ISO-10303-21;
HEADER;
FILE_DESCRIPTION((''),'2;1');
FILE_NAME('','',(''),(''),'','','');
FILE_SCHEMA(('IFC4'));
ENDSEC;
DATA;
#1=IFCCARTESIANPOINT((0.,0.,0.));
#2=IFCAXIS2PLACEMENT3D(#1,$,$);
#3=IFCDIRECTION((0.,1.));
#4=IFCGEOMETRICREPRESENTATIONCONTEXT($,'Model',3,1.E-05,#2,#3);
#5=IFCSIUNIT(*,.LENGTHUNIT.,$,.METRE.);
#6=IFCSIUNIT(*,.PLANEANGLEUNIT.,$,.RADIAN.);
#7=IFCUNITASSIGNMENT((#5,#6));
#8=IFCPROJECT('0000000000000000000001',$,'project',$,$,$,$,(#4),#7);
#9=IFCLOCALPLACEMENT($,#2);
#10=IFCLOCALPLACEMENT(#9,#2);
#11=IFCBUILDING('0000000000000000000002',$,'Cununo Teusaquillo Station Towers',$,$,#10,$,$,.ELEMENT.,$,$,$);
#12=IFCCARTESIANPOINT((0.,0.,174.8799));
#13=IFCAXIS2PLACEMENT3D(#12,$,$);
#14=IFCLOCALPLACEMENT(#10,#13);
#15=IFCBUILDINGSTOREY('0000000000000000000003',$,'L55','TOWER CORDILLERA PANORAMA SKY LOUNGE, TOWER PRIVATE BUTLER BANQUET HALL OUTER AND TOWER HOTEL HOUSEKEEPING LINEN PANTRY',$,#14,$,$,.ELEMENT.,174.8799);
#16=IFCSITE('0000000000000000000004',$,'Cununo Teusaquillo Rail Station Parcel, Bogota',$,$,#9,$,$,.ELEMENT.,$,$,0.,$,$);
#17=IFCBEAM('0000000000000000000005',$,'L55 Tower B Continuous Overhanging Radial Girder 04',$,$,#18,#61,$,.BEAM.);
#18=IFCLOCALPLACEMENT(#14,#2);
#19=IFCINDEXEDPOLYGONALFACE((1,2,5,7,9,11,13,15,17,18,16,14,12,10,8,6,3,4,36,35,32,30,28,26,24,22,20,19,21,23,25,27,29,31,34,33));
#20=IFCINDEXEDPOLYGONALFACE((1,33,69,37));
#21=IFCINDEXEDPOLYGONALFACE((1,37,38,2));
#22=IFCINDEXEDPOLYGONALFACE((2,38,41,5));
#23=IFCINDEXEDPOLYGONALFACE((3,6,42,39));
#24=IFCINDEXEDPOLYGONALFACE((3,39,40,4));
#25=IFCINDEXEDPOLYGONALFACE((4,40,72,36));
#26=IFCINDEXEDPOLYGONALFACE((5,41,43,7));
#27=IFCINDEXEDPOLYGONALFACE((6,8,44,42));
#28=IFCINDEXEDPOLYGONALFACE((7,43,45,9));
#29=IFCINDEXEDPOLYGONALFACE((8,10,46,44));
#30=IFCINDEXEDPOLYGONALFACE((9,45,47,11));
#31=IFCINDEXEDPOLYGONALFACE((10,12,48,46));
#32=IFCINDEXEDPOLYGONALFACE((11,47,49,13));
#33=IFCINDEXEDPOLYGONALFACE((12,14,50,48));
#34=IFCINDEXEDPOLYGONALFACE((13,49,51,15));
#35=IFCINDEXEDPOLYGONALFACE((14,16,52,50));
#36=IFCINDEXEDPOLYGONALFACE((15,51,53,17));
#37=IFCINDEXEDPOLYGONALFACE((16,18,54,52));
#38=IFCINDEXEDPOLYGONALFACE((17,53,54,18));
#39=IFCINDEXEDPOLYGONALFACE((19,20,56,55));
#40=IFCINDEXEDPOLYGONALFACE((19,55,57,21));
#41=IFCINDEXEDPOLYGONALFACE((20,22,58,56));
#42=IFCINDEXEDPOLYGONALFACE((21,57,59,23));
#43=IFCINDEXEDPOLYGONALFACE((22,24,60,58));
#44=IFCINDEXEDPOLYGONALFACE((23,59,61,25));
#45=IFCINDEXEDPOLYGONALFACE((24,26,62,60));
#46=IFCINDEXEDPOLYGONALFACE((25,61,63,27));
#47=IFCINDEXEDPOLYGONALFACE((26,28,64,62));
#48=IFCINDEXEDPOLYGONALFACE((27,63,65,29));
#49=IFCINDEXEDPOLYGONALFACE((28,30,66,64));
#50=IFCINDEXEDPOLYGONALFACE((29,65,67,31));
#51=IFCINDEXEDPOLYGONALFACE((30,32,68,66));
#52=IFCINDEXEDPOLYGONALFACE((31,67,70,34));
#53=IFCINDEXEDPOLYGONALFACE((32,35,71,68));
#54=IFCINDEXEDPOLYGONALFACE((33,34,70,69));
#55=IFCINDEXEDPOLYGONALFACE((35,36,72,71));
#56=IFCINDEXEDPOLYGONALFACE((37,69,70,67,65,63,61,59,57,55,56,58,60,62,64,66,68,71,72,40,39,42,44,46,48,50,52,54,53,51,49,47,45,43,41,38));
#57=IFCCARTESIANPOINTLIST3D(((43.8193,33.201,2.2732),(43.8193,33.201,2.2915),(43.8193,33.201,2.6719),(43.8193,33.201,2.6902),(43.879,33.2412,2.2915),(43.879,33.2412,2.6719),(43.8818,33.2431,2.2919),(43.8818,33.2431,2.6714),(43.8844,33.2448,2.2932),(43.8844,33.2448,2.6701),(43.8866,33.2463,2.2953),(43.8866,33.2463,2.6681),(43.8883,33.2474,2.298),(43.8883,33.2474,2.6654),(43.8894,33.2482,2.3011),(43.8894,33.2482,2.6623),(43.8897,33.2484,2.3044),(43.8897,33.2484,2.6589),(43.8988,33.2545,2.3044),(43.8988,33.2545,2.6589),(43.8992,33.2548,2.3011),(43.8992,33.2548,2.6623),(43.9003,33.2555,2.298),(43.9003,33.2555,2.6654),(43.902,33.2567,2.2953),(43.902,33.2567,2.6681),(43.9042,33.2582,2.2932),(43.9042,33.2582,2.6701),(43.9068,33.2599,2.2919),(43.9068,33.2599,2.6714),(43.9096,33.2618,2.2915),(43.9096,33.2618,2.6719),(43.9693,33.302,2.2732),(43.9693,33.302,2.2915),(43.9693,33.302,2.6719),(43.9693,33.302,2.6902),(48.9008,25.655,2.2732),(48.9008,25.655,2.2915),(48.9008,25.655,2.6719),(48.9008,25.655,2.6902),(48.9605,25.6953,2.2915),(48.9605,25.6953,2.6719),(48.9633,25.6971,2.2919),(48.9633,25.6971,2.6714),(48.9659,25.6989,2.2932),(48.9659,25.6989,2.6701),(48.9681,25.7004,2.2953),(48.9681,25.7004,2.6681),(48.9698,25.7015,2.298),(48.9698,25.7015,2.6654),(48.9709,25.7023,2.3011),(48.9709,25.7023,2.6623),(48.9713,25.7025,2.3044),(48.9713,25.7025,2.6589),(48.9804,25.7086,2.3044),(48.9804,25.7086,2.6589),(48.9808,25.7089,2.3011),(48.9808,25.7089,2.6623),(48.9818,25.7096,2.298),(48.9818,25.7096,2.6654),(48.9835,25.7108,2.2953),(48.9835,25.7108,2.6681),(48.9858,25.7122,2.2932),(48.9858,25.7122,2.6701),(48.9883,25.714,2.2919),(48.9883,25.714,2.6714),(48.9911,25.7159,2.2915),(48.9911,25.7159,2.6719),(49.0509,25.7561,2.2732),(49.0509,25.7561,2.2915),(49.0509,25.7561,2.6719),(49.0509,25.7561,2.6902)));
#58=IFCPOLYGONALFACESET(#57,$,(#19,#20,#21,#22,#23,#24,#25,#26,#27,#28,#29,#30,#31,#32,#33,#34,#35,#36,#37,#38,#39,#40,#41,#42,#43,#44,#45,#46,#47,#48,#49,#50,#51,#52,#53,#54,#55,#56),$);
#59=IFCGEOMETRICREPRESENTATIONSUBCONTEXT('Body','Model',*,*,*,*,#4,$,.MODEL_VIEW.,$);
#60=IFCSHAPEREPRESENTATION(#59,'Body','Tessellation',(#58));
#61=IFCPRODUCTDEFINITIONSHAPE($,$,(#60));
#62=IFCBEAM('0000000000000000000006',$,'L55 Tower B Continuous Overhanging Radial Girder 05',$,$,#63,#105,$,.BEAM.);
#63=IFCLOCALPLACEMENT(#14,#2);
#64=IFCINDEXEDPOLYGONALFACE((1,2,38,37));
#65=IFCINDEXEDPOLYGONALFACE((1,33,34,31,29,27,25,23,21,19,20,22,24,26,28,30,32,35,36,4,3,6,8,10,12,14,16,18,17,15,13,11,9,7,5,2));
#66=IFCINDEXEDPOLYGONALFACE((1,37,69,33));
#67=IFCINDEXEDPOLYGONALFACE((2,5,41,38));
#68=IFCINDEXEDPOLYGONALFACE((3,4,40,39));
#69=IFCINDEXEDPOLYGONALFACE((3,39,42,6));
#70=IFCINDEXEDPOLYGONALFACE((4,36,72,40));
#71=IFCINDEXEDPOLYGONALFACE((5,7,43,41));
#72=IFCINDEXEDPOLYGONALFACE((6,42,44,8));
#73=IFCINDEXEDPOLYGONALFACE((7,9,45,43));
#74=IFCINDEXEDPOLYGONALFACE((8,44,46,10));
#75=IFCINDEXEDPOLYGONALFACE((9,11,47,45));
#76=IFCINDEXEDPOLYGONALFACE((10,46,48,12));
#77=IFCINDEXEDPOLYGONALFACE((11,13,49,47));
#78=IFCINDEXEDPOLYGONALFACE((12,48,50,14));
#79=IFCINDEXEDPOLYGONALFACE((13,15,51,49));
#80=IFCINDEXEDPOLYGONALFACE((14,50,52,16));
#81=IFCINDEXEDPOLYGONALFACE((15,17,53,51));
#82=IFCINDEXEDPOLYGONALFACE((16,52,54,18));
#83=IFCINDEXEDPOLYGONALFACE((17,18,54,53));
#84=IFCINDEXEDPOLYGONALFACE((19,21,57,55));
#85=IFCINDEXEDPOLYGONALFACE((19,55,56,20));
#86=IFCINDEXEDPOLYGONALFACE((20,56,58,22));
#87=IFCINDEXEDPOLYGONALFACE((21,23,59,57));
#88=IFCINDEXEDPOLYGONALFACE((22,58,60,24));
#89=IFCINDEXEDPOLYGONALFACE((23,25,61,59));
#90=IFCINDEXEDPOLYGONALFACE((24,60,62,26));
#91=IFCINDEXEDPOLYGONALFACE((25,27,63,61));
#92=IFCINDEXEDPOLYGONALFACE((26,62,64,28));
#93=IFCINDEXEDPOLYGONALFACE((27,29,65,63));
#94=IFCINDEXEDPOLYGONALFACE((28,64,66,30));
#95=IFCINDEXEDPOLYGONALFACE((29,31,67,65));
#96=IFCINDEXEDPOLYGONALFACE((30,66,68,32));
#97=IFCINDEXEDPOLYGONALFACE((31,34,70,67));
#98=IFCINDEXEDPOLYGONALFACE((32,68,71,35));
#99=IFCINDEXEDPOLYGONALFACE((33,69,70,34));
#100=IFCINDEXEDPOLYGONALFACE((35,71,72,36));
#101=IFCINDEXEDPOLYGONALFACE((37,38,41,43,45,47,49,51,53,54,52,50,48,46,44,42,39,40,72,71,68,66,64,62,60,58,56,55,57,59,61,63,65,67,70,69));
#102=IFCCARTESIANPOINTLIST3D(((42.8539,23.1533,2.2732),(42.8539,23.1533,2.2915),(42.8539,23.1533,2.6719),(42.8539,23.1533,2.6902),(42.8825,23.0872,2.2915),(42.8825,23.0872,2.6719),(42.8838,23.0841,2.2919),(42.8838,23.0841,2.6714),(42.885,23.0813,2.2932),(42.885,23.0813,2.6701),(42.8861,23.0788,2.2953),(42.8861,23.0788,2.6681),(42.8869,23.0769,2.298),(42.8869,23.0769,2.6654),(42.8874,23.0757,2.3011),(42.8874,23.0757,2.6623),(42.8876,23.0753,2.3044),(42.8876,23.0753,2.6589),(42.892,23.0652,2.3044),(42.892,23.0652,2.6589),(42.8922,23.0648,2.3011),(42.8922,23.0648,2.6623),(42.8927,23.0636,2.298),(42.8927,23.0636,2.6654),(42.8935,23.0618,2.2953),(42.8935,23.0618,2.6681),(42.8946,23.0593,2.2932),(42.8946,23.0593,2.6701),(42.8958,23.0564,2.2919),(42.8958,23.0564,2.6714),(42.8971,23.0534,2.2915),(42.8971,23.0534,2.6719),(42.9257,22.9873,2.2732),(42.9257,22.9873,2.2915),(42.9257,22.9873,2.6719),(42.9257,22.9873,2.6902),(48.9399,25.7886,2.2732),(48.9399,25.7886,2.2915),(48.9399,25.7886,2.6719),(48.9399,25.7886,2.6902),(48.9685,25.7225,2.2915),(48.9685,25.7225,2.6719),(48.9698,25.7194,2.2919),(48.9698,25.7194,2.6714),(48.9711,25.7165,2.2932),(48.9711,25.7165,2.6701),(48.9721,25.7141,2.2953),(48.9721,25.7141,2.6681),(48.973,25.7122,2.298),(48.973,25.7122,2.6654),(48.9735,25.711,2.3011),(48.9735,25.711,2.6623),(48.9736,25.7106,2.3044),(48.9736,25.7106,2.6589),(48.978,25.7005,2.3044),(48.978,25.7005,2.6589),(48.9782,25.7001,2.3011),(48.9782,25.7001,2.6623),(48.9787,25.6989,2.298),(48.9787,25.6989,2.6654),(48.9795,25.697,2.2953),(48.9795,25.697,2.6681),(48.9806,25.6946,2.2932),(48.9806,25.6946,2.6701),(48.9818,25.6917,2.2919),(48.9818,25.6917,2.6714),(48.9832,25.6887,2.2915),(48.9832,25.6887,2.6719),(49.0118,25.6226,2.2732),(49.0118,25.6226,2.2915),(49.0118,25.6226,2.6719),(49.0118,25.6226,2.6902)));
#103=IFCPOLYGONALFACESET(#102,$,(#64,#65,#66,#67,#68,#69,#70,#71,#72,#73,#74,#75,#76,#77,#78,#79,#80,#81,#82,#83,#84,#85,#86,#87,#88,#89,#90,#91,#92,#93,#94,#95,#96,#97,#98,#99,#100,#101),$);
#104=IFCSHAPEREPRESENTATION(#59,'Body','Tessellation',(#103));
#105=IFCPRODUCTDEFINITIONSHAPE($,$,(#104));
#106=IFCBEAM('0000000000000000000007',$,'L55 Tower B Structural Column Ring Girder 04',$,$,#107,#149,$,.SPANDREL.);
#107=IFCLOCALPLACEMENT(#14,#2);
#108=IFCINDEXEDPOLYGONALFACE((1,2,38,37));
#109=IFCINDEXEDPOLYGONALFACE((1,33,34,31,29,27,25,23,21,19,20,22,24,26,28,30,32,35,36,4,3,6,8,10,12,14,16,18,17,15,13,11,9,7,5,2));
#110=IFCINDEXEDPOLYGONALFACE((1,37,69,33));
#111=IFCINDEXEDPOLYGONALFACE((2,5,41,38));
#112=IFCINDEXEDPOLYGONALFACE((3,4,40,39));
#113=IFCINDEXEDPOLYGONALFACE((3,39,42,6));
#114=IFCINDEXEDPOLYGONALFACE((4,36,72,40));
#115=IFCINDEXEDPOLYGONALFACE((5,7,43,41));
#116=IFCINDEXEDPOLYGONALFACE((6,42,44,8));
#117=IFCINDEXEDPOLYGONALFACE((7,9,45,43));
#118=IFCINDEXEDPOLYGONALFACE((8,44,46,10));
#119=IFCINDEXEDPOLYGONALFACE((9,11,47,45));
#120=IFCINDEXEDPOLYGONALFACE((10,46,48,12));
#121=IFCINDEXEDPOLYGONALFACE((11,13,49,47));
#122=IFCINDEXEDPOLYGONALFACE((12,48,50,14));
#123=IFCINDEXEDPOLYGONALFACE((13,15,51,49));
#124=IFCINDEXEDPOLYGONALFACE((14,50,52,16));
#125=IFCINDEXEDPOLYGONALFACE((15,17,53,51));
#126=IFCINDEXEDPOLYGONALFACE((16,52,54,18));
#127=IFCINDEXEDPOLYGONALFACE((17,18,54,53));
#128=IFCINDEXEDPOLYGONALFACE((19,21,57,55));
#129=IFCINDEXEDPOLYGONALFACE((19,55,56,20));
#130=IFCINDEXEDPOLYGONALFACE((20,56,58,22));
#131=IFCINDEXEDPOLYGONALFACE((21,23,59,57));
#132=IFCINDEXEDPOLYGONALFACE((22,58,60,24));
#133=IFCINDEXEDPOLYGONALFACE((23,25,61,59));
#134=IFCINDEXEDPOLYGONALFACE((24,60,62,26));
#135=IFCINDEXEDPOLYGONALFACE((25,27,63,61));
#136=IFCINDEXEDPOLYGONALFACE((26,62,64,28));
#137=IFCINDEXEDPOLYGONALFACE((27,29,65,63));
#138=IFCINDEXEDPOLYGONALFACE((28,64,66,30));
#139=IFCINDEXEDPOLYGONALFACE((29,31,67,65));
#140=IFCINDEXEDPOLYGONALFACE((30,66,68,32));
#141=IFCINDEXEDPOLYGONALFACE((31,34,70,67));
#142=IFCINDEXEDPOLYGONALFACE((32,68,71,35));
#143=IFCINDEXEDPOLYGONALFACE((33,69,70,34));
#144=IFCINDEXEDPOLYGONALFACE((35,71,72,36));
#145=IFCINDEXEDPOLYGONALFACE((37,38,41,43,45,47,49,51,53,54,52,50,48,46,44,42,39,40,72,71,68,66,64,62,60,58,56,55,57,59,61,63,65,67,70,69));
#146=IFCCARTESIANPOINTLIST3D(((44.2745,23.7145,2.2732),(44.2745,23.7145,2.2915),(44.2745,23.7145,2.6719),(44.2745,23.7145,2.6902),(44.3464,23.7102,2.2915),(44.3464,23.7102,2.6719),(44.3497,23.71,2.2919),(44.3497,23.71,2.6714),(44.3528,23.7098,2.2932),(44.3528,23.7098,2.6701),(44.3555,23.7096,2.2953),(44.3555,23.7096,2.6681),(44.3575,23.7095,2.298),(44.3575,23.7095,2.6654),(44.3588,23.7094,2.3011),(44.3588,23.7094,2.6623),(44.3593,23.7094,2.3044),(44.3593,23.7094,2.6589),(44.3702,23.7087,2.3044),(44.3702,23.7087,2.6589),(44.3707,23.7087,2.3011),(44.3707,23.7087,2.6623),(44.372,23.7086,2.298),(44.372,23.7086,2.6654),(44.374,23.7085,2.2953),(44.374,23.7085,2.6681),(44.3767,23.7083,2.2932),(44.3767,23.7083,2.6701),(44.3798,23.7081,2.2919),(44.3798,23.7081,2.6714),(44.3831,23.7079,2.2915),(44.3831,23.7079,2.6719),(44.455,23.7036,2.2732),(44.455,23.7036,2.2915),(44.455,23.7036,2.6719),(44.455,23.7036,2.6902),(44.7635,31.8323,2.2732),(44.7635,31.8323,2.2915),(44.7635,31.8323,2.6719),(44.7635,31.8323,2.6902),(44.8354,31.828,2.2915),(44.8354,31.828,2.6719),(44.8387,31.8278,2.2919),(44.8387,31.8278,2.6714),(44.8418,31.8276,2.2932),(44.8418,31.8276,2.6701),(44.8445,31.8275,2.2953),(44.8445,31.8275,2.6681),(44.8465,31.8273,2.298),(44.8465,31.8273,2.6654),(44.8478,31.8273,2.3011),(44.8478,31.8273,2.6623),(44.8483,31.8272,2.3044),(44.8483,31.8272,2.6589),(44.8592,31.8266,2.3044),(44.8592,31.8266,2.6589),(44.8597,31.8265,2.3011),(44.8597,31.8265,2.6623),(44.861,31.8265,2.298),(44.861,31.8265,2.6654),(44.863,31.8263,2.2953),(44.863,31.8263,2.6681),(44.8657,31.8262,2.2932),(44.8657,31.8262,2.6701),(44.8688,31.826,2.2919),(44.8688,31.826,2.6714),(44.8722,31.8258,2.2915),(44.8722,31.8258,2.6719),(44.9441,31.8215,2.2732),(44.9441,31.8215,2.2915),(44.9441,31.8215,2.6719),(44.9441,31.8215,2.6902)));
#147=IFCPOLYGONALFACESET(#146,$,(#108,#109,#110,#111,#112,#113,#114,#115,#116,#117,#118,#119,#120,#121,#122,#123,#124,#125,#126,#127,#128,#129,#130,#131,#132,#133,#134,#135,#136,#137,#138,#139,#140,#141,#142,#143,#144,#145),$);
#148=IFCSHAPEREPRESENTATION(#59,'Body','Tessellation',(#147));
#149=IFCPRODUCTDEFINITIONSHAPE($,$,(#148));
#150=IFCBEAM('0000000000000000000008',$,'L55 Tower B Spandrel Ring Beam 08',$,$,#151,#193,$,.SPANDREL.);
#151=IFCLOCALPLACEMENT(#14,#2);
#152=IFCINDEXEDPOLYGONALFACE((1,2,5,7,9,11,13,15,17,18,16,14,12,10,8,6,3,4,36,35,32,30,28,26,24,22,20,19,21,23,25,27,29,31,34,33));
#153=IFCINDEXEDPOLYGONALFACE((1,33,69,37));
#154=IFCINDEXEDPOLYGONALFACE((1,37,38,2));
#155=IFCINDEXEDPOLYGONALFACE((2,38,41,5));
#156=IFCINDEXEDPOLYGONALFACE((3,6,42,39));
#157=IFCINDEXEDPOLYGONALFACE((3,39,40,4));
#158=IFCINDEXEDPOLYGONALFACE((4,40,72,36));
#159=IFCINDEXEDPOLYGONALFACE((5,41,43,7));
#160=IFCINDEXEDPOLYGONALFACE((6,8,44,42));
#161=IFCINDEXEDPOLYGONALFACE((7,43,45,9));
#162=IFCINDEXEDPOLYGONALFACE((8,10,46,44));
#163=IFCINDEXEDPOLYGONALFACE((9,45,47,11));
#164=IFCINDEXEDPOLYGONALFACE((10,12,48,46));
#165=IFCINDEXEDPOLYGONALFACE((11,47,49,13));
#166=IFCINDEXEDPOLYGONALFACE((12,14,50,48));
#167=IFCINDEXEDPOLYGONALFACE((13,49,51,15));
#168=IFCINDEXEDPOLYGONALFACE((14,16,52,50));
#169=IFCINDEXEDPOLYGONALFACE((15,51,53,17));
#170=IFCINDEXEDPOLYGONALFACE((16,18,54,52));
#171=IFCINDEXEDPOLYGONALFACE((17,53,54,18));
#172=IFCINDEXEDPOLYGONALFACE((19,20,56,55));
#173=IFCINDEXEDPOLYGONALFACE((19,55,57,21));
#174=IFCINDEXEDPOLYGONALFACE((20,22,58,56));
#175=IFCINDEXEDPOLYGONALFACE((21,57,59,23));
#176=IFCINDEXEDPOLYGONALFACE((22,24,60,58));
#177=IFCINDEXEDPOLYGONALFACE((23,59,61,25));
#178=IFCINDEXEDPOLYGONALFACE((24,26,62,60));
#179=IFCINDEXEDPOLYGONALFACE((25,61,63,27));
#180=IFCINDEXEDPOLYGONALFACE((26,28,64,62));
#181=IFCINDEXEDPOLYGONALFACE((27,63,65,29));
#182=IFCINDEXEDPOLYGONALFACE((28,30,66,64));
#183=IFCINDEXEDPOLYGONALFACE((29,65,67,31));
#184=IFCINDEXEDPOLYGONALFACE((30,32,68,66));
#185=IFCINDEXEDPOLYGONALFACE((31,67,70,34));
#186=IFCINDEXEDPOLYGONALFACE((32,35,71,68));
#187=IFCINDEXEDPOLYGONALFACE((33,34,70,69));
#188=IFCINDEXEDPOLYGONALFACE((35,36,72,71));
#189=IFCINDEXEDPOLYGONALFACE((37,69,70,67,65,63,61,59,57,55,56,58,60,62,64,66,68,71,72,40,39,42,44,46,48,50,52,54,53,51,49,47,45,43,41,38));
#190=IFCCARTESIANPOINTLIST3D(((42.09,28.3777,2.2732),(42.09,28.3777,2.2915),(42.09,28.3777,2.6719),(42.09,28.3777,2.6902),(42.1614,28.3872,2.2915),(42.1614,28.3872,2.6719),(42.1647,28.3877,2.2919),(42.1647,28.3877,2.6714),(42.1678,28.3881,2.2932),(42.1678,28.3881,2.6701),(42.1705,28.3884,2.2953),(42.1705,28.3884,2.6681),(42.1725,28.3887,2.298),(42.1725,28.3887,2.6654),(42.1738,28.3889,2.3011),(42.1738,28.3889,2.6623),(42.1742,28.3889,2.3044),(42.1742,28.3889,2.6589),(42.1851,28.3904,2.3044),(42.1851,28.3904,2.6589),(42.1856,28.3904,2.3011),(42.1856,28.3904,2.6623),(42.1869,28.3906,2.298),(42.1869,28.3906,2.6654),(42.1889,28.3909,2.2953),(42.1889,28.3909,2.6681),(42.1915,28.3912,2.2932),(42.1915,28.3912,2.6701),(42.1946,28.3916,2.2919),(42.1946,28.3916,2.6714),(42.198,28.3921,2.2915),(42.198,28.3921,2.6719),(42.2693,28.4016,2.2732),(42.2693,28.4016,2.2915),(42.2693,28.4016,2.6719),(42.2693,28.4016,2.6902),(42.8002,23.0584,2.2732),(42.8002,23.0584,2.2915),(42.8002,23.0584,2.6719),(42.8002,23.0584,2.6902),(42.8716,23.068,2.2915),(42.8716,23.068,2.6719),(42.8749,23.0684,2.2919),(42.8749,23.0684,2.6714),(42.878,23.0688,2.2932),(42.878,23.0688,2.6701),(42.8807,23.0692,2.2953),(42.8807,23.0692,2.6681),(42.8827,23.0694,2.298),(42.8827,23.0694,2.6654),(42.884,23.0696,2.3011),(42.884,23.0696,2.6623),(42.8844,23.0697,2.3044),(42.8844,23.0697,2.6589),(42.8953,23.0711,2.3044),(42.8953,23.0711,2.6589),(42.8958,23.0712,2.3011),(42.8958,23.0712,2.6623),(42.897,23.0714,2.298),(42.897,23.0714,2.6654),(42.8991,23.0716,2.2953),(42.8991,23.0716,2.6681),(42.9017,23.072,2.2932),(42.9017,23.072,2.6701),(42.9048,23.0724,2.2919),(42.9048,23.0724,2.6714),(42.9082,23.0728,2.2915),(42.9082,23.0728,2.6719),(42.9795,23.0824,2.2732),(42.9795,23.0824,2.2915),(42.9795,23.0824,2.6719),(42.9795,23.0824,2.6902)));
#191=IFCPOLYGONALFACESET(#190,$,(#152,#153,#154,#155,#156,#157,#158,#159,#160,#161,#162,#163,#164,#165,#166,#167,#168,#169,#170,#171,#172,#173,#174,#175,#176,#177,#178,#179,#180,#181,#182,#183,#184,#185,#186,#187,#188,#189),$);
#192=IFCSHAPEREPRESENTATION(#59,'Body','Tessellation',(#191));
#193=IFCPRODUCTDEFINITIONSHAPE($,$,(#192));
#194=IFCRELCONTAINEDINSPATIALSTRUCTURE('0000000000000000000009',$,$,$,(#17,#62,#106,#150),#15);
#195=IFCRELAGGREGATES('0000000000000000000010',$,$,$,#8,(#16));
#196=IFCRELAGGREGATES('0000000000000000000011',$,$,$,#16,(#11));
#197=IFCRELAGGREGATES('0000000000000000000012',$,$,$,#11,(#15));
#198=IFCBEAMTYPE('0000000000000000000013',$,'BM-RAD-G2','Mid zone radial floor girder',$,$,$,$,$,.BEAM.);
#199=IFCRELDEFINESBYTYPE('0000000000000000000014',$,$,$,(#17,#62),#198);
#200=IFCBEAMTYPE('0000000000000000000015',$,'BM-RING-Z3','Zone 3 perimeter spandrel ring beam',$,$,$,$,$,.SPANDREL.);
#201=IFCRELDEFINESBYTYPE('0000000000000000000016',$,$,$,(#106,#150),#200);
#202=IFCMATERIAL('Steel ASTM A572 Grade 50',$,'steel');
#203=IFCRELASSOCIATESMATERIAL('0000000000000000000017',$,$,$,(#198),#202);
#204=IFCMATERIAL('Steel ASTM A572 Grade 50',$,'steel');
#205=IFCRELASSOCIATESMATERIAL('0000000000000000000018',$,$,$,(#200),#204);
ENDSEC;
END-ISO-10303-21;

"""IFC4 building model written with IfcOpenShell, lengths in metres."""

from ifc_helpers import new_model, si_unit, direction, frame, origin, origin_2d, place, context, subcontext, project, spatial, i_section, extrude, material, material_profile, profile_set, type_object, element, save


model = new_model("IFC4")

# Units and contexts
model_context = context("Model", 3, precision=1e-05, world=origin(), true_north=direction((0.0, 1.0)))
body_context = subcontext(model_context, "Body", "Model", "MODEL_VIEW")
ifc_project = project(units=[si_unit("LENGTHUNIT", "METRE"), si_unit("PLANEANGLEUNIT", "RADIAN")], contexts=[model_context])

# Site, building, storey
site_placement = place(None, origin())
site = spatial("IfcSite", under=ifc_project, at=site_placement, Name="Cununo Teusaquillo Rail Station Parcel, Bogota", CompositionType="ELEMENT", RefElevation=0.0)
building_placement = place(site_placement, origin())
building = spatial("IfcBuilding", under=site, at=building_placement, Name="Cununo Teusaquillo Station Towers", CompositionType="ELEMENT")
storey_placement = place(building_placement, frame((0.0, 0.0, 174.8799)))
storey = spatial("IfcBuildingStorey", under=building, at=storey_placement, Name="L55", Description="TOWER CORDILLERA PANORAMA SKY LOUNGE, TOWER PRIVATE BUTLER BANQUET HALL OUTER AND TOWER HOTEL HOUSEKEEPING LINEN PANTRY", CompositionType="ELEMENT", Elevation=174.8799)

# Beams
ifc_material_1 = material(Name="Steel ASTM A572 Grade 50", Category="steel")
ifc_material_profile_1 = material_profile(ifc_material_1, i_section(OverallWidth=0.1809, OverallDepth=0.417, WebThickness=0.011, FlangeThickness=0.0183, FilletRadius=0.0129, at=origin_2d()), Name="W16X57")
ifc_profile_set_1 = profile_set([ifc_material_profile_1], Name="Steel ASTM A572 Grade 50")
beam_type_1 = type_object("IfcBeamType", Name="BM-RAD-G2", Description="Mid zone radial floor girder", PredefinedType="BEAM", material=ifc_profile_set_1)
beam_1_placement = place(storey_placement, frame((48.9758, 25.7056, 2.4817), z_axis=(-0.558571, 0.829457, 0.0), x_axis=(-0.829457, -0.558571, 0.0)))
element("IfcBeam", 1, at=beam_1_placement, inside=storey, type_object=beam_type_1, Name="L55 Tower B Continuous Overhanging Radial Girder 04", PredefinedType="BEAM", context=body_context, shape_type="SweptSolid", body=[
    extrude(i_section(OverallWidth=0.1809, OverallDepth=0.417, WebThickness=0.011, FlangeThickness=0.0183, FilletRadius=0.0129, at=origin_2d()), origin(), (0.0, 0.0, 1.0), 9.0974),
])
beam_2_placement = place(storey_placement, frame((48.9758, 25.7056, 2.4817), z_axis=(-0.917665, -0.397355, 0.0), x_axis=(0.397355, -0.917665, 0.0)))
element("IfcBeam", 2, at=beam_2_placement, inside=storey, type_object=beam_type_1, Name="L55 Tower B Continuous Overhanging Radial Girder 05", PredefinedType="BEAM", context=body_context, shape_type="SweptSolid", body=[
    extrude(i_section(OverallWidth=0.1809, OverallDepth=0.417, WebThickness=0.011, FlangeThickness=0.0183, FilletRadius=0.0129, at=origin_2d()), origin(), (0.0, 0.0, 1.0), 6.6321),
])
ifc_material_2 = material(Name="Steel ASTM A572 Grade 50", Category="steel")
ifc_material_profile_2 = material_profile(ifc_material_2, i_section(OverallWidth=0.1809, OverallDepth=0.417, WebThickness=0.011, FlangeThickness=0.0183, FilletRadius=0.0129, at=origin_2d()), Name="W16X57")
ifc_profile_set_2 = profile_set([ifc_material_profile_2], Name="Steel ASTM A572 Grade 50")
beam_type_2 = type_object("IfcBeamType", Name="BM-RING-Z3", Description="Zone 3 perimeter spandrel ring beam", PredefinedType="SPANDREL", material=ifc_profile_set_2)
beam_3_placement = place(storey_placement, frame((44.8538, 31.8269, 2.4817), z_axis=(-0.06013, -0.998191, 0.0), x_axis=(0.998191, -0.06013, 0.0)))
element("IfcBeam", 3, at=beam_3_placement, inside=storey, type_object=beam_type_2, Name="L55 Tower B Structural Column Ring Girder 04", PredefinedType="SPANDREL", context=body_context, shape_type="SweptSolid", body=[
    extrude(i_section(OverallWidth=0.1809, OverallDepth=0.417, WebThickness=0.011, FlangeThickness=0.0183, FilletRadius=0.0129, at=origin_2d()), origin(), (0.0, 0.0, 1.0), 8.1326),
])
beam_4_placement = place(storey_placement, frame((42.1797, 28.3896, 2.4817), z_axis=(0.13234, -0.991204, 0.0), x_axis=(0.991204, 0.13234, 0.0)))
element("IfcBeam", 4, at=beam_4_placement, inside=storey, type_object=beam_type_2, Name="L55 Tower B Spandrel Ring Beam 08", PredefinedType="SPANDREL", context=body_context, shape_type="SweptSolid", body=[
    extrude(i_section(OverallWidth=0.1809, OverallDepth=0.417, WebThickness=0.011, FlangeThickness=0.0183, FilletRadius=0.0129, at=origin_2d()), origin(), (0.0, 0.0, 1.0), 5.3665),
])

save(model, "model.ifc")
